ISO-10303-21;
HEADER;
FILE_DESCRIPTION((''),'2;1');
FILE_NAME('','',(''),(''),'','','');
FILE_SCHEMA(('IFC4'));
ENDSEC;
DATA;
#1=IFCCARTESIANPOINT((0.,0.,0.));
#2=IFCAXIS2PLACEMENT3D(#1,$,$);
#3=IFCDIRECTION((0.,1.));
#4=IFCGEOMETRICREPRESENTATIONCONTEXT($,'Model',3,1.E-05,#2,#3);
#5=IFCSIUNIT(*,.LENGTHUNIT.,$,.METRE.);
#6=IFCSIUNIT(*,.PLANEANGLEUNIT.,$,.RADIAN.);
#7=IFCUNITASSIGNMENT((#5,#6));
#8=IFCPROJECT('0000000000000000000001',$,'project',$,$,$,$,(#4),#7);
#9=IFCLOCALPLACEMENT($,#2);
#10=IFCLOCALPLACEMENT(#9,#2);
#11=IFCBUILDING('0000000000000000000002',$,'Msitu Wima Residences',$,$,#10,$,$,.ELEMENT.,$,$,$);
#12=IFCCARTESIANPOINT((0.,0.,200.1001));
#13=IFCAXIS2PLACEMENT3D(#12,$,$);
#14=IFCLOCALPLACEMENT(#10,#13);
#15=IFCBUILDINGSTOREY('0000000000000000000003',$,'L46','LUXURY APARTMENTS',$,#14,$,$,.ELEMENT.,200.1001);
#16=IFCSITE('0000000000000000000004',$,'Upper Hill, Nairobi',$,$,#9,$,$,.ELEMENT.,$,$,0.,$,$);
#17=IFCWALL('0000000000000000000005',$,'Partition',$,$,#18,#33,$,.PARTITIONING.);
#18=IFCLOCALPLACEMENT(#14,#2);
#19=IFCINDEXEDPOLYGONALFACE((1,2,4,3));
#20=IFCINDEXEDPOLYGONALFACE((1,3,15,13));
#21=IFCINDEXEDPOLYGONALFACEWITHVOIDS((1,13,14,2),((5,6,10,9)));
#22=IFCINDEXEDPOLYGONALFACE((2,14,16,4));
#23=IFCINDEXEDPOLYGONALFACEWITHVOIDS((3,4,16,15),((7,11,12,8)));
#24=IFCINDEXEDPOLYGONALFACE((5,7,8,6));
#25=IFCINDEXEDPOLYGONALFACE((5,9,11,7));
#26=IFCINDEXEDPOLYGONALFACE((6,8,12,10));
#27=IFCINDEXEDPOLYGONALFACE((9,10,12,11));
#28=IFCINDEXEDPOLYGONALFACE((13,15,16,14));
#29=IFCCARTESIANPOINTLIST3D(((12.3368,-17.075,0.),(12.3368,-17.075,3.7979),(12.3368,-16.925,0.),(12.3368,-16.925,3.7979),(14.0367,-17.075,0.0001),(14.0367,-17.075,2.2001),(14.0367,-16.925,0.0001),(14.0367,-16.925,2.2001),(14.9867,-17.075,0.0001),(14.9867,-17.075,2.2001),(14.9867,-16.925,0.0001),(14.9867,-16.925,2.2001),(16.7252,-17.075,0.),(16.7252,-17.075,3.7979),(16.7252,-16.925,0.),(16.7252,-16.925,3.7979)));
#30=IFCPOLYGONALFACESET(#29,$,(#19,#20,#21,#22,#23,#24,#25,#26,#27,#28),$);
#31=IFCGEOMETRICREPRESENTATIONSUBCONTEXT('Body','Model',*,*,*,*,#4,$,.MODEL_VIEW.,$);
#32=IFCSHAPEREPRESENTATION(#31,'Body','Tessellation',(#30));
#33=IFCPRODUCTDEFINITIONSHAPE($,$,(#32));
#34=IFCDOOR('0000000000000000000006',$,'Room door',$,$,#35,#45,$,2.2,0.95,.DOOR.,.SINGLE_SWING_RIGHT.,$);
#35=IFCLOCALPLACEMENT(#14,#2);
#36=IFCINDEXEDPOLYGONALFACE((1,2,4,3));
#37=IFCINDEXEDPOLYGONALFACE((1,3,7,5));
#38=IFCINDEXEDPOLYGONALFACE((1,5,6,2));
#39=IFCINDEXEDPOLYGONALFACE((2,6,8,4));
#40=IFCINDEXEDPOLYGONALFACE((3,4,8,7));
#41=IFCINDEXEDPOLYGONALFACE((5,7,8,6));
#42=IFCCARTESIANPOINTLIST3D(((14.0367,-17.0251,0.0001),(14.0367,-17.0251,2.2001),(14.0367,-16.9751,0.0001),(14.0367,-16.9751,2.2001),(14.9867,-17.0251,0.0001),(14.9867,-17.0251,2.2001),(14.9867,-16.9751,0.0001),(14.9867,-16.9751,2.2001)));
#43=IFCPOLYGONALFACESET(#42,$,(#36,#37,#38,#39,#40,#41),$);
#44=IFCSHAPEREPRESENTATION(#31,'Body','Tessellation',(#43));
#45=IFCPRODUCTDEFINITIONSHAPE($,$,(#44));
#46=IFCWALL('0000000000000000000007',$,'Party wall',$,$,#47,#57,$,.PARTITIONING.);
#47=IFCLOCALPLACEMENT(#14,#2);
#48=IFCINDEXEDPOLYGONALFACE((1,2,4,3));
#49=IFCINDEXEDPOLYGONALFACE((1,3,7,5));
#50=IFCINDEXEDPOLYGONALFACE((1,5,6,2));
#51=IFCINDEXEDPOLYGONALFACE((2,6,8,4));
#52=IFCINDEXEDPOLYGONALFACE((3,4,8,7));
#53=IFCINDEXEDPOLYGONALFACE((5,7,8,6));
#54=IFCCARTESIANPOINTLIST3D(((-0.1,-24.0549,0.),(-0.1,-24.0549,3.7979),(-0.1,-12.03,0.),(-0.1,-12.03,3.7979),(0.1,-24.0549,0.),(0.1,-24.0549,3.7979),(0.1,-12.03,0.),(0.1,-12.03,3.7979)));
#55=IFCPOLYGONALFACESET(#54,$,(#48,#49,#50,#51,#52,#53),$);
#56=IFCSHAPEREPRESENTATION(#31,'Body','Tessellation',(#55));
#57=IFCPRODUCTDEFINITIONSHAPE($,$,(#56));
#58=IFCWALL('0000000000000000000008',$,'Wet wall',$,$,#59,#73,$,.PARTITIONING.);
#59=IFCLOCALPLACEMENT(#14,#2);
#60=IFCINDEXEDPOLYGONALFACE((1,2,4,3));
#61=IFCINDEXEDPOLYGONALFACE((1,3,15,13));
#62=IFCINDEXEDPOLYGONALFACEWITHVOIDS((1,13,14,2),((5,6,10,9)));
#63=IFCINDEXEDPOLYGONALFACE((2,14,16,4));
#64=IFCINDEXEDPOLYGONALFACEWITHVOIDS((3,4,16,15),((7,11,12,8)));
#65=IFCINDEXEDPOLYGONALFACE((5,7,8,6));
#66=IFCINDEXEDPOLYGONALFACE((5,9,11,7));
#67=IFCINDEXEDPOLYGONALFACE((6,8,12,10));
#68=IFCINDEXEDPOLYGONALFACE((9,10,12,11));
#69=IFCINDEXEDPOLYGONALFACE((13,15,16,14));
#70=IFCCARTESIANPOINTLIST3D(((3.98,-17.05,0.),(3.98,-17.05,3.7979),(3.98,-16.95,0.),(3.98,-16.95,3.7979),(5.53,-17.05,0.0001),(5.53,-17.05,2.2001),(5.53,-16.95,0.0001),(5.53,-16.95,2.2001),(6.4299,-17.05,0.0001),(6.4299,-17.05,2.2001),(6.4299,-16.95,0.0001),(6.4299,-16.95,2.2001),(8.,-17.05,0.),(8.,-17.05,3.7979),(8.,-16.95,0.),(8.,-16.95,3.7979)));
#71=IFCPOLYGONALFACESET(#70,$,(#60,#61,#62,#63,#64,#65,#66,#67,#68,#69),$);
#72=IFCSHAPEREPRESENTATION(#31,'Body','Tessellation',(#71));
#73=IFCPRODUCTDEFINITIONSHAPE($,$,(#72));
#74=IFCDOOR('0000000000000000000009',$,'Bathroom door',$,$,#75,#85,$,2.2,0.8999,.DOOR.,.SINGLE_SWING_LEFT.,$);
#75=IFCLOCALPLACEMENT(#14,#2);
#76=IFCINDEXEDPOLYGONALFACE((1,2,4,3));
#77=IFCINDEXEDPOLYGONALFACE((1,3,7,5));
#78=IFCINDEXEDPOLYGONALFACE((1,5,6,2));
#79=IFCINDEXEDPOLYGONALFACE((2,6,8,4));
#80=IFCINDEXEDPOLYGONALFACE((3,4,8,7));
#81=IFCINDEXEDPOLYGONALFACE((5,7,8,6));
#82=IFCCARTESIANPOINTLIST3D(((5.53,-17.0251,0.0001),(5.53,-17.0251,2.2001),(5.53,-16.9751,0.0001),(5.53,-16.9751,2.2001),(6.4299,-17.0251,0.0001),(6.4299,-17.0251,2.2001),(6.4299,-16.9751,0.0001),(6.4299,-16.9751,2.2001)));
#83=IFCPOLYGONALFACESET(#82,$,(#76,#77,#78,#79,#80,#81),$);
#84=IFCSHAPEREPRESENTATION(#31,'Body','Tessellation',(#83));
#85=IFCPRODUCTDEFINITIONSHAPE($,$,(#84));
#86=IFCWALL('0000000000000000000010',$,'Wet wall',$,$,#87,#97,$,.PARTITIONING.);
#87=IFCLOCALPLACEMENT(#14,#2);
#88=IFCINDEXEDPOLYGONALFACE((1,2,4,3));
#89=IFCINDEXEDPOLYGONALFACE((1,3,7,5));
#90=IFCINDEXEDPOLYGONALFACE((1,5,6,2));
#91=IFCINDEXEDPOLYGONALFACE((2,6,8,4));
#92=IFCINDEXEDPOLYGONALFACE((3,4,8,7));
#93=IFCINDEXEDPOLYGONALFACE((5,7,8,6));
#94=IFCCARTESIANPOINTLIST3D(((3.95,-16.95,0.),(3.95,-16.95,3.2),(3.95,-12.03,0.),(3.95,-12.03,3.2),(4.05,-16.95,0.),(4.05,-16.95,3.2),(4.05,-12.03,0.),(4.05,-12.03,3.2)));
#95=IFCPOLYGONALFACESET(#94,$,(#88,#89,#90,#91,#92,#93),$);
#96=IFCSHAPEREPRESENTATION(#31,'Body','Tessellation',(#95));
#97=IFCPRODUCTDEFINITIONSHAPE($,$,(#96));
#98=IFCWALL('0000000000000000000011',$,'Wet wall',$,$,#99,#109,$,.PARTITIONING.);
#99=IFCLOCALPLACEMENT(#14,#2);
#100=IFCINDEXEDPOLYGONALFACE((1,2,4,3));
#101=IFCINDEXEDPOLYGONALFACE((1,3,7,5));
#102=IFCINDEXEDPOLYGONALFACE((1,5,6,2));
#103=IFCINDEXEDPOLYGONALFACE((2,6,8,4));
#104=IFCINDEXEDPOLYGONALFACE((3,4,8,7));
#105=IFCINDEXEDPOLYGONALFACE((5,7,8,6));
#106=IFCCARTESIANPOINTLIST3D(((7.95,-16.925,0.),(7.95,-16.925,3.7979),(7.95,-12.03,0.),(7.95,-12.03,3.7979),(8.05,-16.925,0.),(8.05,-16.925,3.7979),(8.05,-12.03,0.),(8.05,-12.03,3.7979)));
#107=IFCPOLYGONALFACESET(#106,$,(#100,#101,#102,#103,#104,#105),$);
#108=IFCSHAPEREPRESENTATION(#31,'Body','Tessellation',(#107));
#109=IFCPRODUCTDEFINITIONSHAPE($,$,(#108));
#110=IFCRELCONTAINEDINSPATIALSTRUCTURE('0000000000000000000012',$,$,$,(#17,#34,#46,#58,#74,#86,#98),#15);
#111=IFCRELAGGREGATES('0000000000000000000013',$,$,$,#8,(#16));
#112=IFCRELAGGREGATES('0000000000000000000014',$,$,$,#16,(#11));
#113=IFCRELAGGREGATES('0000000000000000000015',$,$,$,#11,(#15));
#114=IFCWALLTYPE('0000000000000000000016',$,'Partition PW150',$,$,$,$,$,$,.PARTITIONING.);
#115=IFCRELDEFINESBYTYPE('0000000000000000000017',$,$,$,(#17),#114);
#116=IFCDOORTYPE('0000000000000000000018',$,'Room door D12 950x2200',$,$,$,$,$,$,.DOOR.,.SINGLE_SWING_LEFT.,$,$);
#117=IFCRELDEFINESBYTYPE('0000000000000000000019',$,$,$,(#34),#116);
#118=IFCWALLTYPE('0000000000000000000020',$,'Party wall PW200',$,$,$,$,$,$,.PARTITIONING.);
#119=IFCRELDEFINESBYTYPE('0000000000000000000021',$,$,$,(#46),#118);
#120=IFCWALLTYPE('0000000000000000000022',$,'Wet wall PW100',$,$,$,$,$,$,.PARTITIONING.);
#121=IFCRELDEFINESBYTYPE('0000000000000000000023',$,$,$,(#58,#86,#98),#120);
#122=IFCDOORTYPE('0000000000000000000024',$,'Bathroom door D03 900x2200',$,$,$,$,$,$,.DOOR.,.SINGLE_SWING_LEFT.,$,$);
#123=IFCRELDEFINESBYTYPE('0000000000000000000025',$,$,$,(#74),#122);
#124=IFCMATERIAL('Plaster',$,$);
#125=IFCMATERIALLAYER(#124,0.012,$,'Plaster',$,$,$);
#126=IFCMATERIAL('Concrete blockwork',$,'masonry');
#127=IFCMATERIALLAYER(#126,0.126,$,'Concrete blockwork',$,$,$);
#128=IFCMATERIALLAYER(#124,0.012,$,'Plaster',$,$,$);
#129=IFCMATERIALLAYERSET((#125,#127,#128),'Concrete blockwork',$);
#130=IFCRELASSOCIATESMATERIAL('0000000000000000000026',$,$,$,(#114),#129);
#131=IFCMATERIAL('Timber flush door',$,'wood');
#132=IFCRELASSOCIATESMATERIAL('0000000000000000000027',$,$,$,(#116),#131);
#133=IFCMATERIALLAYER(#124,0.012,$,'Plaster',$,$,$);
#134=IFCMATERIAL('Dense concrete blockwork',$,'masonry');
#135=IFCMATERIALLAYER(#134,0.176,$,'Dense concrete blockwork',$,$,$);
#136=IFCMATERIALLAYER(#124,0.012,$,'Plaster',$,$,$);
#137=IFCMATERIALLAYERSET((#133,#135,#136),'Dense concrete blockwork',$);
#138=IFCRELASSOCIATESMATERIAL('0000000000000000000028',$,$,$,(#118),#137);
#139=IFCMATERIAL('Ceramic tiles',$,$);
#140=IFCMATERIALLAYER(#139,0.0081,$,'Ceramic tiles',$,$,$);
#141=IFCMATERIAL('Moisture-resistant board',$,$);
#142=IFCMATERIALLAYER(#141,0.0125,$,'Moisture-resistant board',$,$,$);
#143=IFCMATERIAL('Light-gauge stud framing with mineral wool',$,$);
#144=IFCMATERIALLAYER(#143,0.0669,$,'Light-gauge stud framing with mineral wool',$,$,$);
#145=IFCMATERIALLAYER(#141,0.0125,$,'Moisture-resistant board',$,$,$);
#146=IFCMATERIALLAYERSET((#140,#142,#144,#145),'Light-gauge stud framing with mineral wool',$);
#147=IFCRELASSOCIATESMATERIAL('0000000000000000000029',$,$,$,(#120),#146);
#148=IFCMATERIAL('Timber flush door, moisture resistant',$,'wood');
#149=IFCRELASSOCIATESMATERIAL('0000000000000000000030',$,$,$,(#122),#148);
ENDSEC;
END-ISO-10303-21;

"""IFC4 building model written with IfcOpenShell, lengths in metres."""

from ifc_helpers import new_model, si_unit, direction, frame, frame_2d, origin, place, context, subcontext, project, spatial, rectangle, extrude, material, layer, layer_set, type_object, element, fill, save


model = new_model("IFC4")

# Units and contexts
model_context = context("Model", 3, precision=1e-05, world=origin(), true_north=direction((0.0, 1.0)))
body_context = subcontext(model_context, "Body", "Model", "MODEL_VIEW")
ifc_project = project(units=[si_unit("LENGTHUNIT", "METRE"), si_unit("PLANEANGLEUNIT", "RADIAN")], contexts=[model_context])

# Site, building, storey
site_placement = place(None, origin())
site = spatial("IfcSite", under=ifc_project, at=site_placement, Name="Upper Hill, Nairobi", CompositionType="ELEMENT", RefElevation=0.0)
building_placement = place(site_placement, origin())
building = spatial("IfcBuilding", under=site, at=building_placement, Name="Msitu Wima Residences", CompositionType="ELEMENT")
storey_placement = place(building_placement, frame((0.0, 0.0, 200.1001)))
storey = spatial("IfcBuildingStorey", under=building, at=storey_placement, Name="L46", Description="LUXURY APARTMENTS", CompositionType="ELEMENT", Elevation=200.1001)

# Shared definitions
ifc_material_1 = material(Name="Plaster")
ifc_layer_1 = layer(ifc_material_1, 0.012, Name="Plaster")
ifc_material_2 = material(Name="Concrete blockwork", Category="masonry")
ifc_layer_2 = layer(ifc_material_2, 0.126, Name="Concrete blockwork")
ifc_layer_3 = layer(ifc_material_1, 0.012, Name="Plaster")
ifc_layer_set_1 = layer_set([ifc_layer_1, ifc_layer_2, ifc_layer_3], Name="Concrete blockwork")
wall_type_1 = type_object("IfcWallType", Name="Partition PW150", PredefinedType="PARTITIONING", material=ifc_layer_set_1)
ifc_material_3 = material(Name="Timber flush door", Category="wood")
door_type_1 = type_object("IfcDoorType", Name="Room door D12 950x2200", OperationType="SINGLE_SWING_LEFT", PredefinedType="DOOR", material=ifc_material_3)

# Wall, opening, door
wall_1_placement = place(storey_placement, frame((12.3367, -17.0, 0.0), z_axis=(0.0, 0.0, 1.0), x_axis=(1.0, 0.0, 0.0)))
wall_1 = element("IfcWall", 1, at=wall_1_placement, inside=storey, type_object=wall_type_1, Name="Partition", PredefinedType="PARTITIONING", context=body_context, shape_type="SweptSolid", body=[
    extrude(rectangle(XDim=4.3884, YDim=0.1499, at=frame_2d((2.1943, 0.0))), origin(), (0.0, 0.0, 1.0), 3.7979),
])
opening_1_placement = place(wall_1_placement, frame((1.7, 0.0, 0.0)))
opening_1 = element("IfcOpeningElement", 2, at=opening_1_placement, cuts=wall_1, PredefinedType="OPENING", context=body_context, shape_type="SweptSolid", body=[
    extrude(rectangle(XDim=0.95, YDim=2.2, at=frame_2d((0.4751, 1.1001))), frame((0.0, 0.085, 0.0), z_axis=(0.0, -1.0, 0.0), x_axis=(1.0, 0.0, 0.0)), (0.0, 0.0, 1.0), 0.1699),
])
door_1_placement = place(opening_1_placement, origin())
door_1 = element("IfcDoor", 3, at=door_1_placement, inside=storey, type_object=door_type_1, Name="Room door", OperationType="SINGLE_SWING_RIGHT", OverallHeight=2.2, OverallWidth=0.95, PredefinedType="DOOR", context=body_context, shape_type="SweptSolid", body=[
    extrude(rectangle(XDim=0.95, YDim=2.2, at=frame_2d((0.4751, 1.1001))), frame((0.0, 0.0249, 0.0), z_axis=(0.0, -1.0, 0.0), x_axis=(1.0, 0.0, 0.0)), (0.0, 0.0, 1.0), 0.05),
])
fill(opening_1, door_1)

# Wall
ifc_layer_4 = layer(ifc_material_1, 0.012, Name="Plaster")
ifc_material_4 = material(Name="Dense concrete blockwork", Category="masonry")
ifc_layer_5 = layer(ifc_material_4, 0.176, Name="Dense concrete blockwork")
ifc_layer_6 = layer(ifc_material_1, 0.012, Name="Plaster")
ifc_layer_set_2 = layer_set([ifc_layer_4, ifc_layer_5, ifc_layer_6], Name="Dense concrete blockwork")
wall_type_2 = type_object("IfcWallType", Name="Party wall PW200", PredefinedType="PARTITIONING", material=ifc_layer_set_2)
wall_2_placement = place(storey_placement, frame((0.0, -24.0549, 0.0), z_axis=(0.0, 0.0, 1.0), x_axis=(0.0, 1.0, 0.0)))
element("IfcWall", 4, at=wall_2_placement, inside=storey, type_object=wall_type_2, Name="Party wall", PredefinedType="PARTITIONING", context=body_context, shape_type="SweptSolid", body=[
    extrude(rectangle(XDim=12.0249, YDim=0.2, at=frame_2d((6.0125, 0.0))), origin(), (0.0, 0.0, 1.0), 3.7979),
])

# Wall, opening, door
ifc_material_5 = material(Name="Ceramic tiles")
ifc_layer_7 = layer(ifc_material_5, 0.0081, Name="Ceramic tiles")
ifc_material_6 = material(Name="Moisture-resistant board")
ifc_layer_8 = layer(ifc_material_6, 0.0125, Name="Moisture-resistant board")
ifc_material_7 = material(Name="Light-gauge stud framing with mineral wool")
ifc_layer_9 = layer(ifc_material_7, 0.0669, Name="Light-gauge stud framing with mineral wool")
ifc_layer_10 = layer(ifc_material_6, 0.0125, Name="Moisture-resistant board")
ifc_layer_set_3 = layer_set([ifc_layer_7, ifc_layer_8, ifc_layer_9, ifc_layer_10], Name="Light-gauge stud framing with mineral wool")
wall_type_3 = type_object("IfcWallType", Name="Wet wall PW100", PredefinedType="PARTITIONING", material=ifc_layer_set_3)
wall_3_placement = place(storey_placement, frame((3.98, -17.0, 0.0), z_axis=(0.0, 0.0, 1.0), x_axis=(1.0, 0.0, 0.0)))
wall_3 = element("IfcWall", 5, at=wall_3_placement, inside=storey, type_object=wall_type_3, Name="Wet wall", PredefinedType="PARTITIONING", context=body_context, shape_type="SweptSolid", body=[
    extrude(rectangle(XDim=4.02, YDim=0.1001, at=frame_2d((2.01, 0.0))), origin(), (0.0, 0.0, 1.0), 3.7979),
])
opening_2_placement = place(wall_3_placement, frame((1.55, 0.0, 0.0)))
opening_2 = element("IfcOpeningElement", 6, at=opening_2_placement, cuts=wall_3, PredefinedType="OPENING", context=body_context, shape_type="SweptSolid", body=[
    extrude(rectangle(XDim=0.8999, YDim=2.2, at=frame_2d((0.45, 1.1001))), frame((0.0, 0.0601, 0.0), z_axis=(0.0, -1.0, 0.0), x_axis=(1.0, 0.0, 0.0)), (0.0, 0.0, 1.0), 0.1201),
])
ifc_material_8 = material(Name="Timber flush door, moisture resistant", Category="wood")
door_type_2 = type_object("IfcDoorType", Name="Bathroom door D03 900x2200", OperationType="SINGLE_SWING_LEFT", PredefinedType="DOOR", material=ifc_material_8)
door_2_placement = place(opening_2_placement, origin())
door_2 = element("IfcDoor", 7, at=door_2_placement, inside=storey, type_object=door_type_2, Name="Bathroom door", OperationType="SINGLE_SWING_LEFT", OverallHeight=2.2, OverallWidth=0.8999, PredefinedType="DOOR", context=body_context, shape_type="SweptSolid", body=[
    extrude(rectangle(XDim=0.8999, YDim=2.2, at=frame_2d((0.45, 1.1001))), frame((0.0, 0.0249, 0.0), z_axis=(0.0, -1.0, 0.0), x_axis=(1.0, 0.0, 0.0)), (0.0, 0.0, 1.0), 0.05),
])
fill(opening_2, door_2)

# Walls
wall_4_placement = place(storey_placement, frame((4.0, -16.95, 0.0), z_axis=(0.0, 0.0, 1.0), x_axis=(0.0, 1.0, 0.0)))
element("IfcWall", 8, at=wall_4_placement, inside=storey, type_object=wall_type_3, Name="Wet wall", PredefinedType="PARTITIONING", context=body_context, shape_type="SweptSolid", body=[
    extrude(rectangle(XDim=4.9199, YDim=0.1001, at=frame_2d((2.46, 0.0))), origin(), (0.0, 0.0, 1.0), 3.2),
])
wall_5_placement = place(storey_placement, frame((8.0, -16.925, 0.0), z_axis=(0.0, 0.0, 1.0), x_axis=(0.0, 1.0, 0.0)))
element("IfcWall", 9, at=wall_5_placement, inside=storey, type_object=wall_type_3, Name="Wet wall", PredefinedType="PARTITIONING", context=body_context, shape_type="SweptSolid", body=[
    extrude(rectangle(XDim=4.895, YDim=0.1001, at=frame_2d((2.4475, 0.0))), origin(), (0.0, 0.0, 1.0), 3.7979),
])

save(model, "model.ifc")
